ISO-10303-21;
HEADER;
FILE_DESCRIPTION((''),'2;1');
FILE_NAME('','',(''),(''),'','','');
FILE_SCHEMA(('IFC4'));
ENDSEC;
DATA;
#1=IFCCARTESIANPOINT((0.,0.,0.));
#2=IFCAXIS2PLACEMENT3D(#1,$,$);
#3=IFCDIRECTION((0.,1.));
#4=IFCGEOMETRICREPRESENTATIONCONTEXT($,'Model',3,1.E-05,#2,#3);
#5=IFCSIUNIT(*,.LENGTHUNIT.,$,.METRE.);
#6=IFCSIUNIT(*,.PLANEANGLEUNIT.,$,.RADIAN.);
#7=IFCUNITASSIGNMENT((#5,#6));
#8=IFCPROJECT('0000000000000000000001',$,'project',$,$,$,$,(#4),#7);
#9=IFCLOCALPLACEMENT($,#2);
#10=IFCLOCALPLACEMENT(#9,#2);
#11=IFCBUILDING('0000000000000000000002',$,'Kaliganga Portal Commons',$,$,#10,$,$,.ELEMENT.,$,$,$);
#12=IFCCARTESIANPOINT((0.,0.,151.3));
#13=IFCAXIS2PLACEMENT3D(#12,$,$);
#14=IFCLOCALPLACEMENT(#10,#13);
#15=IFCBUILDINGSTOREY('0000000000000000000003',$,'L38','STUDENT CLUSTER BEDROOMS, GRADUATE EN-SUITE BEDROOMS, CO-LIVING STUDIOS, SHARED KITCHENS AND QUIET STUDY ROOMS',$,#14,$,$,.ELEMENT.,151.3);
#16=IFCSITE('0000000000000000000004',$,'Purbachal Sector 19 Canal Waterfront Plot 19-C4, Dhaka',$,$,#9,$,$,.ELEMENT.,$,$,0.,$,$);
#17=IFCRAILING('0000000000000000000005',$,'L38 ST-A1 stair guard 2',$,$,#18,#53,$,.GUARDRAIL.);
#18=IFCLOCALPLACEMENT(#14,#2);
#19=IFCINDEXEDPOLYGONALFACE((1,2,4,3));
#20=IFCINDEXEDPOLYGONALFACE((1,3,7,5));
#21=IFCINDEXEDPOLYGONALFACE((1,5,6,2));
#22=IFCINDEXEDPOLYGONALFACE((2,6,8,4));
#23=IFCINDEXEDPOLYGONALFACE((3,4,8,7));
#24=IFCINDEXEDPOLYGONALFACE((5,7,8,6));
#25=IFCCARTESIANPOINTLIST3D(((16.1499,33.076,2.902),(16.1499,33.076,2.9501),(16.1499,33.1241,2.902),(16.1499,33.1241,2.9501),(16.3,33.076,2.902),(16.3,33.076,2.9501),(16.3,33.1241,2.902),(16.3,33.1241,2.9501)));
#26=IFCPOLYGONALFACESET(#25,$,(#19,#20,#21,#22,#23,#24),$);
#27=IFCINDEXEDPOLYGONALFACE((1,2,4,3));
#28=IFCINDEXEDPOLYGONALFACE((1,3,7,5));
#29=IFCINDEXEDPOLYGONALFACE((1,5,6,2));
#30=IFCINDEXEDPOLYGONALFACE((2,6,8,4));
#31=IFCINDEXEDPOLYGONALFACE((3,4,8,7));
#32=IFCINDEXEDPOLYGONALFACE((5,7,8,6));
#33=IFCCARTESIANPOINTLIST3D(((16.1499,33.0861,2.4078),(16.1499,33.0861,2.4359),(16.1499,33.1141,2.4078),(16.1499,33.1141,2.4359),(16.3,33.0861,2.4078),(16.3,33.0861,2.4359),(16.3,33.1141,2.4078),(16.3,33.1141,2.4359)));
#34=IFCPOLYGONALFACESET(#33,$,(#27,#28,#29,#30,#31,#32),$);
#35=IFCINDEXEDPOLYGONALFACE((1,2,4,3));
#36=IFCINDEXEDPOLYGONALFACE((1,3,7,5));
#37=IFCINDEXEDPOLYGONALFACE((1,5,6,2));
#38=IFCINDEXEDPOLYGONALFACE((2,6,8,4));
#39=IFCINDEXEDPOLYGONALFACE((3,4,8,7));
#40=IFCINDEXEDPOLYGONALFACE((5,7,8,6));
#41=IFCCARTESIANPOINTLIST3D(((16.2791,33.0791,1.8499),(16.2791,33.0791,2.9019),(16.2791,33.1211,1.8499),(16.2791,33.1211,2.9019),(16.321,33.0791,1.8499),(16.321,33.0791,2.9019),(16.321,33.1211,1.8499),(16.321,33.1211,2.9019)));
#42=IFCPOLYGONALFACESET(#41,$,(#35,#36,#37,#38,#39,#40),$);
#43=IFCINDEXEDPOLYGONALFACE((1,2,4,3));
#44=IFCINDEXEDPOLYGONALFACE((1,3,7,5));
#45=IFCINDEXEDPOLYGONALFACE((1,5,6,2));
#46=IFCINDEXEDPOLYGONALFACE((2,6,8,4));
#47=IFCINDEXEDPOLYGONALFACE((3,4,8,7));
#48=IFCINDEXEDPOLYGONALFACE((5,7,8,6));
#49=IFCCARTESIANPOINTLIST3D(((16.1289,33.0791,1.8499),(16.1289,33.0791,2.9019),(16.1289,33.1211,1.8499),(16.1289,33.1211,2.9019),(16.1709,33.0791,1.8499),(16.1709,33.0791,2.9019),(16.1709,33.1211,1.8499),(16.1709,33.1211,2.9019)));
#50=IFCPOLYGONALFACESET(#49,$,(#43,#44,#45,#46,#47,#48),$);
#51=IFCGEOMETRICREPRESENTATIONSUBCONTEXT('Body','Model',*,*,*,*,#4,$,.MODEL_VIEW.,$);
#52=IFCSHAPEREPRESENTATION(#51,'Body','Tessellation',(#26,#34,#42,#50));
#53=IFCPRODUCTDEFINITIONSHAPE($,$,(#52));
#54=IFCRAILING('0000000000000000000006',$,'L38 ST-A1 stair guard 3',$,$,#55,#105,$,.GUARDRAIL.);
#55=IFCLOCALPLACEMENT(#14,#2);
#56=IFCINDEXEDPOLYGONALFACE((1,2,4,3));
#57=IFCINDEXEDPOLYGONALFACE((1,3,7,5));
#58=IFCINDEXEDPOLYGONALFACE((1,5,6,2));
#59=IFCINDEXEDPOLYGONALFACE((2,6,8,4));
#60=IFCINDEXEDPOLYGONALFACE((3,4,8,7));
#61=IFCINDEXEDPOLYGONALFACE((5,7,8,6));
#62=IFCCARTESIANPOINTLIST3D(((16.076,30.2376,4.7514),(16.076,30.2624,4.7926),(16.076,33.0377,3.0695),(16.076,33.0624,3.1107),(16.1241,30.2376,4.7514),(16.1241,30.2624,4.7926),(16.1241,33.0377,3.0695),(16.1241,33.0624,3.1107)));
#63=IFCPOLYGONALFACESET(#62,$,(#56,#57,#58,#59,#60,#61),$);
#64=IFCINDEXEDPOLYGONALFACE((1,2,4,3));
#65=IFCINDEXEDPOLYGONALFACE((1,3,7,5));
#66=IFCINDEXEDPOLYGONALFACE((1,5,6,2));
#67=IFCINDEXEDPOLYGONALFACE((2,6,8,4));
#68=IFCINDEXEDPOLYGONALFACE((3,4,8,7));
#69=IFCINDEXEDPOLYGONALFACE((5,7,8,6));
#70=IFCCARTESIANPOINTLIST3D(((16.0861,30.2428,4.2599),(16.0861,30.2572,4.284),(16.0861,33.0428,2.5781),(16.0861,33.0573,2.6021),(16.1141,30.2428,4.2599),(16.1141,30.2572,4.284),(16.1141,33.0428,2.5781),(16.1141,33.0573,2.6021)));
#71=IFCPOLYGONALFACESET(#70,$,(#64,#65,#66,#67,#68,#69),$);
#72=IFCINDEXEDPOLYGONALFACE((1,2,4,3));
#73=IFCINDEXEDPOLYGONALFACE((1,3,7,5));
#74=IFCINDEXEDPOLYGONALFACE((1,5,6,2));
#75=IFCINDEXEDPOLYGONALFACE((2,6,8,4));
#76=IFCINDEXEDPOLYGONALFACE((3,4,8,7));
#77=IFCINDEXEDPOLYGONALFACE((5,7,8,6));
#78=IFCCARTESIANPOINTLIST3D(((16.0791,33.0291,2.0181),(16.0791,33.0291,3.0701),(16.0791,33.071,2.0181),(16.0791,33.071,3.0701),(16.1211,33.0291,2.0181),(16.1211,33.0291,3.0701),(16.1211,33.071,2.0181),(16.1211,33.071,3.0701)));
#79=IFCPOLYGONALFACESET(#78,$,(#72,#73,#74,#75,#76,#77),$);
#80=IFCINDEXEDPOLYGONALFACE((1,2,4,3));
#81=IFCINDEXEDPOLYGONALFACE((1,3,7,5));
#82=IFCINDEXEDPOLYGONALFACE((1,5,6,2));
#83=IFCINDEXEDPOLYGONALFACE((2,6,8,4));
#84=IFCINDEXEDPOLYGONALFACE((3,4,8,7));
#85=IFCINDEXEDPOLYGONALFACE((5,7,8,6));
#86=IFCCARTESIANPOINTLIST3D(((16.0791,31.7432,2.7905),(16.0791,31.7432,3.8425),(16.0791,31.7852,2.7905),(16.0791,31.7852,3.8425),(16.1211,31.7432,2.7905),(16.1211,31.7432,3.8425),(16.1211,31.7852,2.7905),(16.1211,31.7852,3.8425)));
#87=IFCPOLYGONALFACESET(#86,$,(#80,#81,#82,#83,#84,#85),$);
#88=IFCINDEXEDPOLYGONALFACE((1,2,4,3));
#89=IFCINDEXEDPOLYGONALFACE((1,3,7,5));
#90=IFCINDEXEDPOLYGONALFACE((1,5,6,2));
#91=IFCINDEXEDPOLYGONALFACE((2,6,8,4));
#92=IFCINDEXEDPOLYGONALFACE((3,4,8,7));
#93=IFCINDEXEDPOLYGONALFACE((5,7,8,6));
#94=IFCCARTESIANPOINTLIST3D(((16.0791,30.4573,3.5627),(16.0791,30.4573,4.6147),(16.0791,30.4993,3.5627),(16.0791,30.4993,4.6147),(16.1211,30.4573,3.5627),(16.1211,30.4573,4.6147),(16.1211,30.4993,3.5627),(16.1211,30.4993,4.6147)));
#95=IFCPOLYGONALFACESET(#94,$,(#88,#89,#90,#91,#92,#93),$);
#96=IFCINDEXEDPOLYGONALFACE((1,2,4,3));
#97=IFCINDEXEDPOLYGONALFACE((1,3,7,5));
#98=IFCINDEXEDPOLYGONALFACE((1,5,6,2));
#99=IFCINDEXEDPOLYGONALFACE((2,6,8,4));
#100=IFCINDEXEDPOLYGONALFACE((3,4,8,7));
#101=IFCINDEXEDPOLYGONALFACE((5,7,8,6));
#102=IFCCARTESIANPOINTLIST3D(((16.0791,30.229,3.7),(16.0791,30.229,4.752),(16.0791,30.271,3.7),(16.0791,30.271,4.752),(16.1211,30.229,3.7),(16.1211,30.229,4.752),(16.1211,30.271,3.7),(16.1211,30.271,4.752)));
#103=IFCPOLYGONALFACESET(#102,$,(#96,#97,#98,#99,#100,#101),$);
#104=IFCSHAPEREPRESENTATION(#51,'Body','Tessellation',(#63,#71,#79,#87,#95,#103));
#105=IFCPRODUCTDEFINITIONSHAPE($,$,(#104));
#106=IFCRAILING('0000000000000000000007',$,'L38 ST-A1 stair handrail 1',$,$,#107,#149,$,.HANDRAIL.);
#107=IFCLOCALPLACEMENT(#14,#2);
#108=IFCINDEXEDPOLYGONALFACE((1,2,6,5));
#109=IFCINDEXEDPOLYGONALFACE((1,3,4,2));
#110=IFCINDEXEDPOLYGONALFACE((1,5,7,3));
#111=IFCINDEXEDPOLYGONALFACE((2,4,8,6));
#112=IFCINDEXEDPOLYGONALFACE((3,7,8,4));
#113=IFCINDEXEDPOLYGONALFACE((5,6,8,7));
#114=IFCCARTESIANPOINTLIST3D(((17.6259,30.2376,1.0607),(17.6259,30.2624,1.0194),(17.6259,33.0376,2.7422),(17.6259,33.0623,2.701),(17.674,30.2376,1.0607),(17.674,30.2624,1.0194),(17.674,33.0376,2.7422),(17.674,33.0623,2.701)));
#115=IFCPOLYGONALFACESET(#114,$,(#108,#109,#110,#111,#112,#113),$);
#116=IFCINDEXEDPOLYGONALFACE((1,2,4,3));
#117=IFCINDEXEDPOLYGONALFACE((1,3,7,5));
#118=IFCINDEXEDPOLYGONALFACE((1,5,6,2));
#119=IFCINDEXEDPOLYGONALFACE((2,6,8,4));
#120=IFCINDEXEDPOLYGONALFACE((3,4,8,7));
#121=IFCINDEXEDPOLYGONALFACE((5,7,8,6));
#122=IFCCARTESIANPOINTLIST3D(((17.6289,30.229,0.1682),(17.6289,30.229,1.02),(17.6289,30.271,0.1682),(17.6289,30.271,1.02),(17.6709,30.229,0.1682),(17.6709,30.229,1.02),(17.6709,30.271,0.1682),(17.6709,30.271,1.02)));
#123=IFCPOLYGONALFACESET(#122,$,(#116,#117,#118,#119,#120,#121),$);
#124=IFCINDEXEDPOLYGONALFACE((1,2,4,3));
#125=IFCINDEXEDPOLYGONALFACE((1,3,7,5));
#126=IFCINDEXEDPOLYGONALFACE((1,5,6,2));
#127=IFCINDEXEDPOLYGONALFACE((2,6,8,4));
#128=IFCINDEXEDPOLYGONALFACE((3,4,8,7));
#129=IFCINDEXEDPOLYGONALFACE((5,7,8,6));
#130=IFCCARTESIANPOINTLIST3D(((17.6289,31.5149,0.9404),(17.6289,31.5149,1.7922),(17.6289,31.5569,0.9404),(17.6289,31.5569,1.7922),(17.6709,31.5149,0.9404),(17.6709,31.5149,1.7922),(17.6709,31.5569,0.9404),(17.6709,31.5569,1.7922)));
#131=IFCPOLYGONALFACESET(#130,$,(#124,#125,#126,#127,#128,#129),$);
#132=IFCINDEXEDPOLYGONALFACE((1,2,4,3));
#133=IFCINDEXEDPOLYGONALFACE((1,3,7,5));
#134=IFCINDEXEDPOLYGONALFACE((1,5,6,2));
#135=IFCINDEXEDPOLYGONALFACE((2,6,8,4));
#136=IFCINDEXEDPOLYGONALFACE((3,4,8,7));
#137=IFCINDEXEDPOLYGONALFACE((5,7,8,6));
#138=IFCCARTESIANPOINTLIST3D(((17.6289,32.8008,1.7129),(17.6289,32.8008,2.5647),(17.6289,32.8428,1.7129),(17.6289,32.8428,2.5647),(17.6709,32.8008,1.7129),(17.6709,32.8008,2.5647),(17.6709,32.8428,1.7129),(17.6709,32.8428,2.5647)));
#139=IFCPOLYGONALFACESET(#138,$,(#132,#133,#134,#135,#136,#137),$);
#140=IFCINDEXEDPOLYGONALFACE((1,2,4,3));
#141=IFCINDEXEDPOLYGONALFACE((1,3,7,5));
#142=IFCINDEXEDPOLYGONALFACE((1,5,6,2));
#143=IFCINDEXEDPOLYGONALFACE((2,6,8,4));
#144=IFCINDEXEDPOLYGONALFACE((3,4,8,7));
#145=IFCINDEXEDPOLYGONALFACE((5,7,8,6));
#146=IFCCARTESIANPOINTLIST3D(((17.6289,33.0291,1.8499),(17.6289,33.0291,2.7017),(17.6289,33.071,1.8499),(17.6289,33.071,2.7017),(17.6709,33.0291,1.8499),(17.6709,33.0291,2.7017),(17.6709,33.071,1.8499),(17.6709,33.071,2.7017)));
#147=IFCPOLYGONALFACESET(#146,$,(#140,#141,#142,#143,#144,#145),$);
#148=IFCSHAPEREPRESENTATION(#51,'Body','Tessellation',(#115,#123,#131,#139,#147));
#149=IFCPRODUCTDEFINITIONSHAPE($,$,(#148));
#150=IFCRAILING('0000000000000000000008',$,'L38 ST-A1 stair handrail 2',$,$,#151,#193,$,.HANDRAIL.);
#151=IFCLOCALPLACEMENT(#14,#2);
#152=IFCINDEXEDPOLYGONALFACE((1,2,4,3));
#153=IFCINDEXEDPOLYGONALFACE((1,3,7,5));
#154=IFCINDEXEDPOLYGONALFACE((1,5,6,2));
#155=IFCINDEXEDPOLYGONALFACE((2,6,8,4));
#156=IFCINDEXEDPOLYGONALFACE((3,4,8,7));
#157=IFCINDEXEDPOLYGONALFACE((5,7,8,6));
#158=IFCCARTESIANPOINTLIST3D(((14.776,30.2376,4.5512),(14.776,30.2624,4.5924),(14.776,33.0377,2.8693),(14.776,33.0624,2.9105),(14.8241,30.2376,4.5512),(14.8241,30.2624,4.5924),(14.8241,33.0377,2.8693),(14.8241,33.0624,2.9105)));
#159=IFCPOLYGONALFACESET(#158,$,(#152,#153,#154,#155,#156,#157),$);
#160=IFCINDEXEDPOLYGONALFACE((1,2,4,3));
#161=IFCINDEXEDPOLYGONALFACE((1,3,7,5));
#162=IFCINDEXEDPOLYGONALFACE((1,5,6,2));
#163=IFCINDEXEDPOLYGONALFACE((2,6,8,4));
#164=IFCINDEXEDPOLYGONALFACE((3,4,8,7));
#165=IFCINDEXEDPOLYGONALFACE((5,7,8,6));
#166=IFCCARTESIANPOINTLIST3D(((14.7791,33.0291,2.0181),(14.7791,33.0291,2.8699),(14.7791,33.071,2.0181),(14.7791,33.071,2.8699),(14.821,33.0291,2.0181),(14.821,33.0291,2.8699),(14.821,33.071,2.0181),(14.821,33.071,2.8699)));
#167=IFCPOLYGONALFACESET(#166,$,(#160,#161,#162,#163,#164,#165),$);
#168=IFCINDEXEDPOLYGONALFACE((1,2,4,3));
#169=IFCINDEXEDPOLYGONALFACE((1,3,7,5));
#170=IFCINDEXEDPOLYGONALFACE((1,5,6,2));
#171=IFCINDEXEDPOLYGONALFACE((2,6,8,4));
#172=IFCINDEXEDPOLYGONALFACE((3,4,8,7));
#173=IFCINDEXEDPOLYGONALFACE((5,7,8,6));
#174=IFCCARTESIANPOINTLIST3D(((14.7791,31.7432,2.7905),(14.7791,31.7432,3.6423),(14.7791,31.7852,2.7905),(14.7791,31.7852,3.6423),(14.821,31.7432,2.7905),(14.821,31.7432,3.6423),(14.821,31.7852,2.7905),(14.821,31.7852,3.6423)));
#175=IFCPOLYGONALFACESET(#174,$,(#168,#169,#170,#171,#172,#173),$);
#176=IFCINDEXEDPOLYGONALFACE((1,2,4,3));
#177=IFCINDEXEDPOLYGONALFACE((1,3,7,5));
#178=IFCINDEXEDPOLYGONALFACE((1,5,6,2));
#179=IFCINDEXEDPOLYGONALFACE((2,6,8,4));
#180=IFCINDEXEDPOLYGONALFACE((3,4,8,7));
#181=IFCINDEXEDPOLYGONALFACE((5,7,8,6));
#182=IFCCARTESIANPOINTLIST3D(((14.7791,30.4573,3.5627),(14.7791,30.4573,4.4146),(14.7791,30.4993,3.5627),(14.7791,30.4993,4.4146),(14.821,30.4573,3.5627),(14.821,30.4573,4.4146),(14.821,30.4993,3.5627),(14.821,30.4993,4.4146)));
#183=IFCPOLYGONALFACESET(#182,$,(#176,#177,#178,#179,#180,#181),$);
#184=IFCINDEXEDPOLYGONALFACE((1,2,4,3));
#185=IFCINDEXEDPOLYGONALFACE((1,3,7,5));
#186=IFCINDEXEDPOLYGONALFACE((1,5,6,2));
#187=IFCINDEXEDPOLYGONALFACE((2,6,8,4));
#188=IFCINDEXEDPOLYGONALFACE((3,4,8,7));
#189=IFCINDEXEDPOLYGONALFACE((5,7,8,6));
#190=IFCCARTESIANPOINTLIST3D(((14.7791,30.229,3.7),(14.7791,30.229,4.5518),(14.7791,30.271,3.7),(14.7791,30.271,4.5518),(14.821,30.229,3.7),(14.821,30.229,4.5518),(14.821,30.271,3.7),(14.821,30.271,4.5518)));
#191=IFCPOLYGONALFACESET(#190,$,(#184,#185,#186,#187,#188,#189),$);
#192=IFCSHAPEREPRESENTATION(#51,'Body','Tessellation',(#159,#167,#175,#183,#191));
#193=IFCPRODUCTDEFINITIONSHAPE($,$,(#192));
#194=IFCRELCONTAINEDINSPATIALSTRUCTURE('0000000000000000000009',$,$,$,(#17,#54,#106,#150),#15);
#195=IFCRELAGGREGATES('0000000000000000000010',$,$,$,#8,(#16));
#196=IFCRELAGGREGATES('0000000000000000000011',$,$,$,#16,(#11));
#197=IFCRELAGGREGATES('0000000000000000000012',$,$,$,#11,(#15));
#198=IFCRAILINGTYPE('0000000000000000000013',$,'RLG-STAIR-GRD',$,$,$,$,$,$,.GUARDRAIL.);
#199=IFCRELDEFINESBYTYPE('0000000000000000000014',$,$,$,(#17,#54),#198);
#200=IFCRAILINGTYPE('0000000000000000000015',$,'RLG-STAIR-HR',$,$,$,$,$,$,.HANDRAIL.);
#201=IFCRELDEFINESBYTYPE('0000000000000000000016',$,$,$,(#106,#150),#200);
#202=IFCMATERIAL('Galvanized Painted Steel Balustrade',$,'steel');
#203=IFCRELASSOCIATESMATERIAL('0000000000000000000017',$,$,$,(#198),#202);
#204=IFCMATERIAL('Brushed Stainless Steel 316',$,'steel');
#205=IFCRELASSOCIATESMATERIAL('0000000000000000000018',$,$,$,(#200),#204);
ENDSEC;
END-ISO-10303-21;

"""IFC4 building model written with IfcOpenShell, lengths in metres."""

from ifc_helpers import new_model, si_unit, direction, frame, origin, origin_2d, place, context, subcontext, project, spatial, rectangle, extrude, material, type_object, element, save


model = new_model("IFC4")

# Units and contexts
model_context = context("Model", 3, precision=1e-05, world=origin(), true_north=direction((0.0, 1.0)))
body_context = subcontext(model_context, "Body", "Model", "MODEL_VIEW")
ifc_project = project(units=[si_unit("LENGTHUNIT", "METRE"), si_unit("PLANEANGLEUNIT", "RADIAN")], contexts=[model_context])

# Site, building, storey
site_placement = place(None, origin())
site = spatial("IfcSite", under=ifc_project, at=site_placement, Name="Purbachal Sector 19 Canal Waterfront Plot 19-C4, Dhaka", CompositionType="ELEMENT", RefElevation=0.0)
building_placement = place(site_placement, origin())
building = spatial("IfcBuilding", under=site, at=building_placement, Name="Kaliganga Portal Commons", CompositionType="ELEMENT")
storey_placement = place(building_placement, frame((0.0, 0.0, 151.3)))
storey = spatial("IfcBuildingStorey", under=building, at=storey_placement, Name="L38", Description="STUDENT CLUSTER BEDROOMS, GRADUATE EN-SUITE BEDROOMS, CO-LIVING STUDIOS, SHARED KITCHENS AND QUIET STUDY ROOMS", CompositionType="ELEMENT", Elevation=151.3)

# Railings
ifc_material_1 = material(Name="Galvanized Painted Steel Balustrade", Category="steel")
railing_type_1 = type_object("IfcRailingType", Name="RLG-STAIR-GRD", PredefinedType="GUARDRAIL", material=ifc_material_1)
railing_1_placement = place(storey_placement, frame((16.3, 33.1001, 1.8499)))
element("IfcRailing", 1, at=railing_1_placement, inside=storey, type_object=railing_type_1, Name="L38 ST-A1 stair guard 2", PredefinedType="GUARDRAIL", context=body_context, shape_type="SweptSolid", body=[
    extrude(rectangle(XDim=0.0481, YDim=0.0481, at=origin_2d()), frame((0.0, 0.0, 1.0762), z_axis=(-1.0, 0.0, 0.0), x_axis=(0.0, -1.0, 0.0)), (0.0, 0.0, 1.0), 0.1501),
    extrude(rectangle(XDim=0.0281, YDim=0.0281, at=origin_2d()), frame((0.0, 0.0, 0.572), z_axis=(-1.0, 0.0, 0.0), x_axis=(0.0, -1.0, 0.0)), (0.0, 0.0, 1.0), 0.1501),
    extrude(rectangle(XDim=0.042, YDim=0.042, at=origin_2d()), origin(), (0.0, 0.0, 1.0), 1.052),
    extrude(rectangle(XDim=0.042, YDim=0.042, at=origin_2d()), frame((-0.1501, 0.0, 0.0)), (0.0, 0.0, 1.0), 1.052),
])
railing_2_placement = place(storey_placement, frame((16.1001, 33.05, 2.0181)))
element("IfcRailing", 2, at=railing_2_placement, inside=storey, type_object=railing_type_1, Name="L38 ST-A1 stair guard 3", PredefinedType="GUARDRAIL", context=body_context, shape_type="SweptSolid", body=[
    extrude(rectangle(XDim=0.0481, YDim=0.0481, at=origin_2d()), frame((0.0, 0.0, 1.072), z_axis=(0.0, -0.857242, 0.514913), x_axis=(1.0, 0.0, 0.0)), (0.0, 0.0, 1.0), 3.2664),
    extrude(rectangle(XDim=0.0281, YDim=0.0281, at=origin_2d()), frame((0.0, 0.0, 0.572), z_axis=(0.0, -0.857242, 0.514913), x_axis=(1.0, 0.0, 0.0)), (0.0, 0.0, 1.0), 3.2664),
    extrude(rectangle(XDim=0.042, YDim=0.042, at=origin_2d()), origin(), (0.0, 0.0, 1.0), 1.052),
    extrude(rectangle(XDim=0.042, YDim=0.042, at=origin_2d()), frame((0.0, -1.2859, 0.7725)), (0.0, 0.0, 1.0), 1.052),
    extrude(rectangle(XDim=0.042, YDim=0.042, at=origin_2d()), frame((0.0, -2.5718, 1.5447)), (0.0, 0.0, 1.0), 1.052),
    extrude(rectangle(XDim=0.042, YDim=0.042, at=origin_2d()), frame((0.0, -2.8, 1.6819)), (0.0, 0.0, 1.0), 1.052),
])
ifc_material_2 = material(Name="Brushed Stainless Steel 316", Category="steel")
railing_type_2 = type_object("IfcRailingType", Name="RLG-STAIR-HR", PredefinedType="HANDRAIL", material=ifc_material_2)
railing_3_placement = place(storey_placement, frame((17.6499, 30.25, 0.1682)))
element("IfcRailing", 3, at=railing_3_placement, inside=storey, type_object=railing_type_2, Name="L38 ST-A1 stair handrail 1", PredefinedType="HANDRAIL", context=body_context, shape_type="SweptSolid", body=[
    extrude(rectangle(XDim=0.0481, YDim=0.0481, at=origin_2d()), frame((0.0, 0.0, 0.8718), z_axis=(0.0, 0.857275, 0.514858), x_axis=(-1.0, 0.0, 0.0)), (0.0, 0.0, 1.0), 3.2661),
    extrude(rectangle(XDim=0.042, YDim=0.042, at=origin_2d()), origin(), (0.0, 0.0, 1.0), 0.8518),
    extrude(rectangle(XDim=0.042, YDim=0.042, at=origin_2d()), frame((0.0, 1.2859, 0.7722)), (0.0, 0.0, 1.0), 0.8518),
    extrude(rectangle(XDim=0.042, YDim=0.042, at=origin_2d()), frame((0.0, 2.5718, 1.5447)), (0.0, 0.0, 1.0), 0.8518),
    extrude(rectangle(XDim=0.042, YDim=0.042, at=origin_2d()), frame((0.0, 2.8, 1.6816)), (0.0, 0.0, 1.0), 0.8518),
])
railing_4_placement = place(storey_placement, frame((14.8, 33.05, 2.0181)))
element("IfcRailing", 4, at=railing_4_placement, inside=storey, type_object=railing_type_2, Name="L38 ST-A1 stair handrail 2", PredefinedType="HANDRAIL", context=body_context, shape_type="SweptSolid", body=[
    extrude(rectangle(XDim=0.0481, YDim=0.0481, at=origin_2d()), frame((0.0, 0.0, 0.8718), z_axis=(0.0, -0.857242, 0.514913), x_axis=(1.0, 0.0, 0.0)), (0.0, 0.0, 1.0), 3.2664),
    extrude(rectangle(XDim=0.042, YDim=0.042, at=origin_2d()), origin(), (0.0, 0.0, 1.0), 0.8518),
    extrude(rectangle(XDim=0.042, YDim=0.042, at=origin_2d()), frame((0.0, -1.2859, 0.7725)), (0.0, 0.0, 1.0), 0.8518),
    extrude(rectangle(XDim=0.042, YDim=0.042, at=origin_2d()), frame((0.0, -2.5718, 1.5447)), (0.0, 0.0, 1.0), 0.8518),
    extrude(rectangle(XDim=0.042, YDim=0.042, at=origin_2d()), frame((0.0, -2.8, 1.6819)), (0.0, 0.0, 1.0), 0.8518),
])

save(model, "model.ifc")
